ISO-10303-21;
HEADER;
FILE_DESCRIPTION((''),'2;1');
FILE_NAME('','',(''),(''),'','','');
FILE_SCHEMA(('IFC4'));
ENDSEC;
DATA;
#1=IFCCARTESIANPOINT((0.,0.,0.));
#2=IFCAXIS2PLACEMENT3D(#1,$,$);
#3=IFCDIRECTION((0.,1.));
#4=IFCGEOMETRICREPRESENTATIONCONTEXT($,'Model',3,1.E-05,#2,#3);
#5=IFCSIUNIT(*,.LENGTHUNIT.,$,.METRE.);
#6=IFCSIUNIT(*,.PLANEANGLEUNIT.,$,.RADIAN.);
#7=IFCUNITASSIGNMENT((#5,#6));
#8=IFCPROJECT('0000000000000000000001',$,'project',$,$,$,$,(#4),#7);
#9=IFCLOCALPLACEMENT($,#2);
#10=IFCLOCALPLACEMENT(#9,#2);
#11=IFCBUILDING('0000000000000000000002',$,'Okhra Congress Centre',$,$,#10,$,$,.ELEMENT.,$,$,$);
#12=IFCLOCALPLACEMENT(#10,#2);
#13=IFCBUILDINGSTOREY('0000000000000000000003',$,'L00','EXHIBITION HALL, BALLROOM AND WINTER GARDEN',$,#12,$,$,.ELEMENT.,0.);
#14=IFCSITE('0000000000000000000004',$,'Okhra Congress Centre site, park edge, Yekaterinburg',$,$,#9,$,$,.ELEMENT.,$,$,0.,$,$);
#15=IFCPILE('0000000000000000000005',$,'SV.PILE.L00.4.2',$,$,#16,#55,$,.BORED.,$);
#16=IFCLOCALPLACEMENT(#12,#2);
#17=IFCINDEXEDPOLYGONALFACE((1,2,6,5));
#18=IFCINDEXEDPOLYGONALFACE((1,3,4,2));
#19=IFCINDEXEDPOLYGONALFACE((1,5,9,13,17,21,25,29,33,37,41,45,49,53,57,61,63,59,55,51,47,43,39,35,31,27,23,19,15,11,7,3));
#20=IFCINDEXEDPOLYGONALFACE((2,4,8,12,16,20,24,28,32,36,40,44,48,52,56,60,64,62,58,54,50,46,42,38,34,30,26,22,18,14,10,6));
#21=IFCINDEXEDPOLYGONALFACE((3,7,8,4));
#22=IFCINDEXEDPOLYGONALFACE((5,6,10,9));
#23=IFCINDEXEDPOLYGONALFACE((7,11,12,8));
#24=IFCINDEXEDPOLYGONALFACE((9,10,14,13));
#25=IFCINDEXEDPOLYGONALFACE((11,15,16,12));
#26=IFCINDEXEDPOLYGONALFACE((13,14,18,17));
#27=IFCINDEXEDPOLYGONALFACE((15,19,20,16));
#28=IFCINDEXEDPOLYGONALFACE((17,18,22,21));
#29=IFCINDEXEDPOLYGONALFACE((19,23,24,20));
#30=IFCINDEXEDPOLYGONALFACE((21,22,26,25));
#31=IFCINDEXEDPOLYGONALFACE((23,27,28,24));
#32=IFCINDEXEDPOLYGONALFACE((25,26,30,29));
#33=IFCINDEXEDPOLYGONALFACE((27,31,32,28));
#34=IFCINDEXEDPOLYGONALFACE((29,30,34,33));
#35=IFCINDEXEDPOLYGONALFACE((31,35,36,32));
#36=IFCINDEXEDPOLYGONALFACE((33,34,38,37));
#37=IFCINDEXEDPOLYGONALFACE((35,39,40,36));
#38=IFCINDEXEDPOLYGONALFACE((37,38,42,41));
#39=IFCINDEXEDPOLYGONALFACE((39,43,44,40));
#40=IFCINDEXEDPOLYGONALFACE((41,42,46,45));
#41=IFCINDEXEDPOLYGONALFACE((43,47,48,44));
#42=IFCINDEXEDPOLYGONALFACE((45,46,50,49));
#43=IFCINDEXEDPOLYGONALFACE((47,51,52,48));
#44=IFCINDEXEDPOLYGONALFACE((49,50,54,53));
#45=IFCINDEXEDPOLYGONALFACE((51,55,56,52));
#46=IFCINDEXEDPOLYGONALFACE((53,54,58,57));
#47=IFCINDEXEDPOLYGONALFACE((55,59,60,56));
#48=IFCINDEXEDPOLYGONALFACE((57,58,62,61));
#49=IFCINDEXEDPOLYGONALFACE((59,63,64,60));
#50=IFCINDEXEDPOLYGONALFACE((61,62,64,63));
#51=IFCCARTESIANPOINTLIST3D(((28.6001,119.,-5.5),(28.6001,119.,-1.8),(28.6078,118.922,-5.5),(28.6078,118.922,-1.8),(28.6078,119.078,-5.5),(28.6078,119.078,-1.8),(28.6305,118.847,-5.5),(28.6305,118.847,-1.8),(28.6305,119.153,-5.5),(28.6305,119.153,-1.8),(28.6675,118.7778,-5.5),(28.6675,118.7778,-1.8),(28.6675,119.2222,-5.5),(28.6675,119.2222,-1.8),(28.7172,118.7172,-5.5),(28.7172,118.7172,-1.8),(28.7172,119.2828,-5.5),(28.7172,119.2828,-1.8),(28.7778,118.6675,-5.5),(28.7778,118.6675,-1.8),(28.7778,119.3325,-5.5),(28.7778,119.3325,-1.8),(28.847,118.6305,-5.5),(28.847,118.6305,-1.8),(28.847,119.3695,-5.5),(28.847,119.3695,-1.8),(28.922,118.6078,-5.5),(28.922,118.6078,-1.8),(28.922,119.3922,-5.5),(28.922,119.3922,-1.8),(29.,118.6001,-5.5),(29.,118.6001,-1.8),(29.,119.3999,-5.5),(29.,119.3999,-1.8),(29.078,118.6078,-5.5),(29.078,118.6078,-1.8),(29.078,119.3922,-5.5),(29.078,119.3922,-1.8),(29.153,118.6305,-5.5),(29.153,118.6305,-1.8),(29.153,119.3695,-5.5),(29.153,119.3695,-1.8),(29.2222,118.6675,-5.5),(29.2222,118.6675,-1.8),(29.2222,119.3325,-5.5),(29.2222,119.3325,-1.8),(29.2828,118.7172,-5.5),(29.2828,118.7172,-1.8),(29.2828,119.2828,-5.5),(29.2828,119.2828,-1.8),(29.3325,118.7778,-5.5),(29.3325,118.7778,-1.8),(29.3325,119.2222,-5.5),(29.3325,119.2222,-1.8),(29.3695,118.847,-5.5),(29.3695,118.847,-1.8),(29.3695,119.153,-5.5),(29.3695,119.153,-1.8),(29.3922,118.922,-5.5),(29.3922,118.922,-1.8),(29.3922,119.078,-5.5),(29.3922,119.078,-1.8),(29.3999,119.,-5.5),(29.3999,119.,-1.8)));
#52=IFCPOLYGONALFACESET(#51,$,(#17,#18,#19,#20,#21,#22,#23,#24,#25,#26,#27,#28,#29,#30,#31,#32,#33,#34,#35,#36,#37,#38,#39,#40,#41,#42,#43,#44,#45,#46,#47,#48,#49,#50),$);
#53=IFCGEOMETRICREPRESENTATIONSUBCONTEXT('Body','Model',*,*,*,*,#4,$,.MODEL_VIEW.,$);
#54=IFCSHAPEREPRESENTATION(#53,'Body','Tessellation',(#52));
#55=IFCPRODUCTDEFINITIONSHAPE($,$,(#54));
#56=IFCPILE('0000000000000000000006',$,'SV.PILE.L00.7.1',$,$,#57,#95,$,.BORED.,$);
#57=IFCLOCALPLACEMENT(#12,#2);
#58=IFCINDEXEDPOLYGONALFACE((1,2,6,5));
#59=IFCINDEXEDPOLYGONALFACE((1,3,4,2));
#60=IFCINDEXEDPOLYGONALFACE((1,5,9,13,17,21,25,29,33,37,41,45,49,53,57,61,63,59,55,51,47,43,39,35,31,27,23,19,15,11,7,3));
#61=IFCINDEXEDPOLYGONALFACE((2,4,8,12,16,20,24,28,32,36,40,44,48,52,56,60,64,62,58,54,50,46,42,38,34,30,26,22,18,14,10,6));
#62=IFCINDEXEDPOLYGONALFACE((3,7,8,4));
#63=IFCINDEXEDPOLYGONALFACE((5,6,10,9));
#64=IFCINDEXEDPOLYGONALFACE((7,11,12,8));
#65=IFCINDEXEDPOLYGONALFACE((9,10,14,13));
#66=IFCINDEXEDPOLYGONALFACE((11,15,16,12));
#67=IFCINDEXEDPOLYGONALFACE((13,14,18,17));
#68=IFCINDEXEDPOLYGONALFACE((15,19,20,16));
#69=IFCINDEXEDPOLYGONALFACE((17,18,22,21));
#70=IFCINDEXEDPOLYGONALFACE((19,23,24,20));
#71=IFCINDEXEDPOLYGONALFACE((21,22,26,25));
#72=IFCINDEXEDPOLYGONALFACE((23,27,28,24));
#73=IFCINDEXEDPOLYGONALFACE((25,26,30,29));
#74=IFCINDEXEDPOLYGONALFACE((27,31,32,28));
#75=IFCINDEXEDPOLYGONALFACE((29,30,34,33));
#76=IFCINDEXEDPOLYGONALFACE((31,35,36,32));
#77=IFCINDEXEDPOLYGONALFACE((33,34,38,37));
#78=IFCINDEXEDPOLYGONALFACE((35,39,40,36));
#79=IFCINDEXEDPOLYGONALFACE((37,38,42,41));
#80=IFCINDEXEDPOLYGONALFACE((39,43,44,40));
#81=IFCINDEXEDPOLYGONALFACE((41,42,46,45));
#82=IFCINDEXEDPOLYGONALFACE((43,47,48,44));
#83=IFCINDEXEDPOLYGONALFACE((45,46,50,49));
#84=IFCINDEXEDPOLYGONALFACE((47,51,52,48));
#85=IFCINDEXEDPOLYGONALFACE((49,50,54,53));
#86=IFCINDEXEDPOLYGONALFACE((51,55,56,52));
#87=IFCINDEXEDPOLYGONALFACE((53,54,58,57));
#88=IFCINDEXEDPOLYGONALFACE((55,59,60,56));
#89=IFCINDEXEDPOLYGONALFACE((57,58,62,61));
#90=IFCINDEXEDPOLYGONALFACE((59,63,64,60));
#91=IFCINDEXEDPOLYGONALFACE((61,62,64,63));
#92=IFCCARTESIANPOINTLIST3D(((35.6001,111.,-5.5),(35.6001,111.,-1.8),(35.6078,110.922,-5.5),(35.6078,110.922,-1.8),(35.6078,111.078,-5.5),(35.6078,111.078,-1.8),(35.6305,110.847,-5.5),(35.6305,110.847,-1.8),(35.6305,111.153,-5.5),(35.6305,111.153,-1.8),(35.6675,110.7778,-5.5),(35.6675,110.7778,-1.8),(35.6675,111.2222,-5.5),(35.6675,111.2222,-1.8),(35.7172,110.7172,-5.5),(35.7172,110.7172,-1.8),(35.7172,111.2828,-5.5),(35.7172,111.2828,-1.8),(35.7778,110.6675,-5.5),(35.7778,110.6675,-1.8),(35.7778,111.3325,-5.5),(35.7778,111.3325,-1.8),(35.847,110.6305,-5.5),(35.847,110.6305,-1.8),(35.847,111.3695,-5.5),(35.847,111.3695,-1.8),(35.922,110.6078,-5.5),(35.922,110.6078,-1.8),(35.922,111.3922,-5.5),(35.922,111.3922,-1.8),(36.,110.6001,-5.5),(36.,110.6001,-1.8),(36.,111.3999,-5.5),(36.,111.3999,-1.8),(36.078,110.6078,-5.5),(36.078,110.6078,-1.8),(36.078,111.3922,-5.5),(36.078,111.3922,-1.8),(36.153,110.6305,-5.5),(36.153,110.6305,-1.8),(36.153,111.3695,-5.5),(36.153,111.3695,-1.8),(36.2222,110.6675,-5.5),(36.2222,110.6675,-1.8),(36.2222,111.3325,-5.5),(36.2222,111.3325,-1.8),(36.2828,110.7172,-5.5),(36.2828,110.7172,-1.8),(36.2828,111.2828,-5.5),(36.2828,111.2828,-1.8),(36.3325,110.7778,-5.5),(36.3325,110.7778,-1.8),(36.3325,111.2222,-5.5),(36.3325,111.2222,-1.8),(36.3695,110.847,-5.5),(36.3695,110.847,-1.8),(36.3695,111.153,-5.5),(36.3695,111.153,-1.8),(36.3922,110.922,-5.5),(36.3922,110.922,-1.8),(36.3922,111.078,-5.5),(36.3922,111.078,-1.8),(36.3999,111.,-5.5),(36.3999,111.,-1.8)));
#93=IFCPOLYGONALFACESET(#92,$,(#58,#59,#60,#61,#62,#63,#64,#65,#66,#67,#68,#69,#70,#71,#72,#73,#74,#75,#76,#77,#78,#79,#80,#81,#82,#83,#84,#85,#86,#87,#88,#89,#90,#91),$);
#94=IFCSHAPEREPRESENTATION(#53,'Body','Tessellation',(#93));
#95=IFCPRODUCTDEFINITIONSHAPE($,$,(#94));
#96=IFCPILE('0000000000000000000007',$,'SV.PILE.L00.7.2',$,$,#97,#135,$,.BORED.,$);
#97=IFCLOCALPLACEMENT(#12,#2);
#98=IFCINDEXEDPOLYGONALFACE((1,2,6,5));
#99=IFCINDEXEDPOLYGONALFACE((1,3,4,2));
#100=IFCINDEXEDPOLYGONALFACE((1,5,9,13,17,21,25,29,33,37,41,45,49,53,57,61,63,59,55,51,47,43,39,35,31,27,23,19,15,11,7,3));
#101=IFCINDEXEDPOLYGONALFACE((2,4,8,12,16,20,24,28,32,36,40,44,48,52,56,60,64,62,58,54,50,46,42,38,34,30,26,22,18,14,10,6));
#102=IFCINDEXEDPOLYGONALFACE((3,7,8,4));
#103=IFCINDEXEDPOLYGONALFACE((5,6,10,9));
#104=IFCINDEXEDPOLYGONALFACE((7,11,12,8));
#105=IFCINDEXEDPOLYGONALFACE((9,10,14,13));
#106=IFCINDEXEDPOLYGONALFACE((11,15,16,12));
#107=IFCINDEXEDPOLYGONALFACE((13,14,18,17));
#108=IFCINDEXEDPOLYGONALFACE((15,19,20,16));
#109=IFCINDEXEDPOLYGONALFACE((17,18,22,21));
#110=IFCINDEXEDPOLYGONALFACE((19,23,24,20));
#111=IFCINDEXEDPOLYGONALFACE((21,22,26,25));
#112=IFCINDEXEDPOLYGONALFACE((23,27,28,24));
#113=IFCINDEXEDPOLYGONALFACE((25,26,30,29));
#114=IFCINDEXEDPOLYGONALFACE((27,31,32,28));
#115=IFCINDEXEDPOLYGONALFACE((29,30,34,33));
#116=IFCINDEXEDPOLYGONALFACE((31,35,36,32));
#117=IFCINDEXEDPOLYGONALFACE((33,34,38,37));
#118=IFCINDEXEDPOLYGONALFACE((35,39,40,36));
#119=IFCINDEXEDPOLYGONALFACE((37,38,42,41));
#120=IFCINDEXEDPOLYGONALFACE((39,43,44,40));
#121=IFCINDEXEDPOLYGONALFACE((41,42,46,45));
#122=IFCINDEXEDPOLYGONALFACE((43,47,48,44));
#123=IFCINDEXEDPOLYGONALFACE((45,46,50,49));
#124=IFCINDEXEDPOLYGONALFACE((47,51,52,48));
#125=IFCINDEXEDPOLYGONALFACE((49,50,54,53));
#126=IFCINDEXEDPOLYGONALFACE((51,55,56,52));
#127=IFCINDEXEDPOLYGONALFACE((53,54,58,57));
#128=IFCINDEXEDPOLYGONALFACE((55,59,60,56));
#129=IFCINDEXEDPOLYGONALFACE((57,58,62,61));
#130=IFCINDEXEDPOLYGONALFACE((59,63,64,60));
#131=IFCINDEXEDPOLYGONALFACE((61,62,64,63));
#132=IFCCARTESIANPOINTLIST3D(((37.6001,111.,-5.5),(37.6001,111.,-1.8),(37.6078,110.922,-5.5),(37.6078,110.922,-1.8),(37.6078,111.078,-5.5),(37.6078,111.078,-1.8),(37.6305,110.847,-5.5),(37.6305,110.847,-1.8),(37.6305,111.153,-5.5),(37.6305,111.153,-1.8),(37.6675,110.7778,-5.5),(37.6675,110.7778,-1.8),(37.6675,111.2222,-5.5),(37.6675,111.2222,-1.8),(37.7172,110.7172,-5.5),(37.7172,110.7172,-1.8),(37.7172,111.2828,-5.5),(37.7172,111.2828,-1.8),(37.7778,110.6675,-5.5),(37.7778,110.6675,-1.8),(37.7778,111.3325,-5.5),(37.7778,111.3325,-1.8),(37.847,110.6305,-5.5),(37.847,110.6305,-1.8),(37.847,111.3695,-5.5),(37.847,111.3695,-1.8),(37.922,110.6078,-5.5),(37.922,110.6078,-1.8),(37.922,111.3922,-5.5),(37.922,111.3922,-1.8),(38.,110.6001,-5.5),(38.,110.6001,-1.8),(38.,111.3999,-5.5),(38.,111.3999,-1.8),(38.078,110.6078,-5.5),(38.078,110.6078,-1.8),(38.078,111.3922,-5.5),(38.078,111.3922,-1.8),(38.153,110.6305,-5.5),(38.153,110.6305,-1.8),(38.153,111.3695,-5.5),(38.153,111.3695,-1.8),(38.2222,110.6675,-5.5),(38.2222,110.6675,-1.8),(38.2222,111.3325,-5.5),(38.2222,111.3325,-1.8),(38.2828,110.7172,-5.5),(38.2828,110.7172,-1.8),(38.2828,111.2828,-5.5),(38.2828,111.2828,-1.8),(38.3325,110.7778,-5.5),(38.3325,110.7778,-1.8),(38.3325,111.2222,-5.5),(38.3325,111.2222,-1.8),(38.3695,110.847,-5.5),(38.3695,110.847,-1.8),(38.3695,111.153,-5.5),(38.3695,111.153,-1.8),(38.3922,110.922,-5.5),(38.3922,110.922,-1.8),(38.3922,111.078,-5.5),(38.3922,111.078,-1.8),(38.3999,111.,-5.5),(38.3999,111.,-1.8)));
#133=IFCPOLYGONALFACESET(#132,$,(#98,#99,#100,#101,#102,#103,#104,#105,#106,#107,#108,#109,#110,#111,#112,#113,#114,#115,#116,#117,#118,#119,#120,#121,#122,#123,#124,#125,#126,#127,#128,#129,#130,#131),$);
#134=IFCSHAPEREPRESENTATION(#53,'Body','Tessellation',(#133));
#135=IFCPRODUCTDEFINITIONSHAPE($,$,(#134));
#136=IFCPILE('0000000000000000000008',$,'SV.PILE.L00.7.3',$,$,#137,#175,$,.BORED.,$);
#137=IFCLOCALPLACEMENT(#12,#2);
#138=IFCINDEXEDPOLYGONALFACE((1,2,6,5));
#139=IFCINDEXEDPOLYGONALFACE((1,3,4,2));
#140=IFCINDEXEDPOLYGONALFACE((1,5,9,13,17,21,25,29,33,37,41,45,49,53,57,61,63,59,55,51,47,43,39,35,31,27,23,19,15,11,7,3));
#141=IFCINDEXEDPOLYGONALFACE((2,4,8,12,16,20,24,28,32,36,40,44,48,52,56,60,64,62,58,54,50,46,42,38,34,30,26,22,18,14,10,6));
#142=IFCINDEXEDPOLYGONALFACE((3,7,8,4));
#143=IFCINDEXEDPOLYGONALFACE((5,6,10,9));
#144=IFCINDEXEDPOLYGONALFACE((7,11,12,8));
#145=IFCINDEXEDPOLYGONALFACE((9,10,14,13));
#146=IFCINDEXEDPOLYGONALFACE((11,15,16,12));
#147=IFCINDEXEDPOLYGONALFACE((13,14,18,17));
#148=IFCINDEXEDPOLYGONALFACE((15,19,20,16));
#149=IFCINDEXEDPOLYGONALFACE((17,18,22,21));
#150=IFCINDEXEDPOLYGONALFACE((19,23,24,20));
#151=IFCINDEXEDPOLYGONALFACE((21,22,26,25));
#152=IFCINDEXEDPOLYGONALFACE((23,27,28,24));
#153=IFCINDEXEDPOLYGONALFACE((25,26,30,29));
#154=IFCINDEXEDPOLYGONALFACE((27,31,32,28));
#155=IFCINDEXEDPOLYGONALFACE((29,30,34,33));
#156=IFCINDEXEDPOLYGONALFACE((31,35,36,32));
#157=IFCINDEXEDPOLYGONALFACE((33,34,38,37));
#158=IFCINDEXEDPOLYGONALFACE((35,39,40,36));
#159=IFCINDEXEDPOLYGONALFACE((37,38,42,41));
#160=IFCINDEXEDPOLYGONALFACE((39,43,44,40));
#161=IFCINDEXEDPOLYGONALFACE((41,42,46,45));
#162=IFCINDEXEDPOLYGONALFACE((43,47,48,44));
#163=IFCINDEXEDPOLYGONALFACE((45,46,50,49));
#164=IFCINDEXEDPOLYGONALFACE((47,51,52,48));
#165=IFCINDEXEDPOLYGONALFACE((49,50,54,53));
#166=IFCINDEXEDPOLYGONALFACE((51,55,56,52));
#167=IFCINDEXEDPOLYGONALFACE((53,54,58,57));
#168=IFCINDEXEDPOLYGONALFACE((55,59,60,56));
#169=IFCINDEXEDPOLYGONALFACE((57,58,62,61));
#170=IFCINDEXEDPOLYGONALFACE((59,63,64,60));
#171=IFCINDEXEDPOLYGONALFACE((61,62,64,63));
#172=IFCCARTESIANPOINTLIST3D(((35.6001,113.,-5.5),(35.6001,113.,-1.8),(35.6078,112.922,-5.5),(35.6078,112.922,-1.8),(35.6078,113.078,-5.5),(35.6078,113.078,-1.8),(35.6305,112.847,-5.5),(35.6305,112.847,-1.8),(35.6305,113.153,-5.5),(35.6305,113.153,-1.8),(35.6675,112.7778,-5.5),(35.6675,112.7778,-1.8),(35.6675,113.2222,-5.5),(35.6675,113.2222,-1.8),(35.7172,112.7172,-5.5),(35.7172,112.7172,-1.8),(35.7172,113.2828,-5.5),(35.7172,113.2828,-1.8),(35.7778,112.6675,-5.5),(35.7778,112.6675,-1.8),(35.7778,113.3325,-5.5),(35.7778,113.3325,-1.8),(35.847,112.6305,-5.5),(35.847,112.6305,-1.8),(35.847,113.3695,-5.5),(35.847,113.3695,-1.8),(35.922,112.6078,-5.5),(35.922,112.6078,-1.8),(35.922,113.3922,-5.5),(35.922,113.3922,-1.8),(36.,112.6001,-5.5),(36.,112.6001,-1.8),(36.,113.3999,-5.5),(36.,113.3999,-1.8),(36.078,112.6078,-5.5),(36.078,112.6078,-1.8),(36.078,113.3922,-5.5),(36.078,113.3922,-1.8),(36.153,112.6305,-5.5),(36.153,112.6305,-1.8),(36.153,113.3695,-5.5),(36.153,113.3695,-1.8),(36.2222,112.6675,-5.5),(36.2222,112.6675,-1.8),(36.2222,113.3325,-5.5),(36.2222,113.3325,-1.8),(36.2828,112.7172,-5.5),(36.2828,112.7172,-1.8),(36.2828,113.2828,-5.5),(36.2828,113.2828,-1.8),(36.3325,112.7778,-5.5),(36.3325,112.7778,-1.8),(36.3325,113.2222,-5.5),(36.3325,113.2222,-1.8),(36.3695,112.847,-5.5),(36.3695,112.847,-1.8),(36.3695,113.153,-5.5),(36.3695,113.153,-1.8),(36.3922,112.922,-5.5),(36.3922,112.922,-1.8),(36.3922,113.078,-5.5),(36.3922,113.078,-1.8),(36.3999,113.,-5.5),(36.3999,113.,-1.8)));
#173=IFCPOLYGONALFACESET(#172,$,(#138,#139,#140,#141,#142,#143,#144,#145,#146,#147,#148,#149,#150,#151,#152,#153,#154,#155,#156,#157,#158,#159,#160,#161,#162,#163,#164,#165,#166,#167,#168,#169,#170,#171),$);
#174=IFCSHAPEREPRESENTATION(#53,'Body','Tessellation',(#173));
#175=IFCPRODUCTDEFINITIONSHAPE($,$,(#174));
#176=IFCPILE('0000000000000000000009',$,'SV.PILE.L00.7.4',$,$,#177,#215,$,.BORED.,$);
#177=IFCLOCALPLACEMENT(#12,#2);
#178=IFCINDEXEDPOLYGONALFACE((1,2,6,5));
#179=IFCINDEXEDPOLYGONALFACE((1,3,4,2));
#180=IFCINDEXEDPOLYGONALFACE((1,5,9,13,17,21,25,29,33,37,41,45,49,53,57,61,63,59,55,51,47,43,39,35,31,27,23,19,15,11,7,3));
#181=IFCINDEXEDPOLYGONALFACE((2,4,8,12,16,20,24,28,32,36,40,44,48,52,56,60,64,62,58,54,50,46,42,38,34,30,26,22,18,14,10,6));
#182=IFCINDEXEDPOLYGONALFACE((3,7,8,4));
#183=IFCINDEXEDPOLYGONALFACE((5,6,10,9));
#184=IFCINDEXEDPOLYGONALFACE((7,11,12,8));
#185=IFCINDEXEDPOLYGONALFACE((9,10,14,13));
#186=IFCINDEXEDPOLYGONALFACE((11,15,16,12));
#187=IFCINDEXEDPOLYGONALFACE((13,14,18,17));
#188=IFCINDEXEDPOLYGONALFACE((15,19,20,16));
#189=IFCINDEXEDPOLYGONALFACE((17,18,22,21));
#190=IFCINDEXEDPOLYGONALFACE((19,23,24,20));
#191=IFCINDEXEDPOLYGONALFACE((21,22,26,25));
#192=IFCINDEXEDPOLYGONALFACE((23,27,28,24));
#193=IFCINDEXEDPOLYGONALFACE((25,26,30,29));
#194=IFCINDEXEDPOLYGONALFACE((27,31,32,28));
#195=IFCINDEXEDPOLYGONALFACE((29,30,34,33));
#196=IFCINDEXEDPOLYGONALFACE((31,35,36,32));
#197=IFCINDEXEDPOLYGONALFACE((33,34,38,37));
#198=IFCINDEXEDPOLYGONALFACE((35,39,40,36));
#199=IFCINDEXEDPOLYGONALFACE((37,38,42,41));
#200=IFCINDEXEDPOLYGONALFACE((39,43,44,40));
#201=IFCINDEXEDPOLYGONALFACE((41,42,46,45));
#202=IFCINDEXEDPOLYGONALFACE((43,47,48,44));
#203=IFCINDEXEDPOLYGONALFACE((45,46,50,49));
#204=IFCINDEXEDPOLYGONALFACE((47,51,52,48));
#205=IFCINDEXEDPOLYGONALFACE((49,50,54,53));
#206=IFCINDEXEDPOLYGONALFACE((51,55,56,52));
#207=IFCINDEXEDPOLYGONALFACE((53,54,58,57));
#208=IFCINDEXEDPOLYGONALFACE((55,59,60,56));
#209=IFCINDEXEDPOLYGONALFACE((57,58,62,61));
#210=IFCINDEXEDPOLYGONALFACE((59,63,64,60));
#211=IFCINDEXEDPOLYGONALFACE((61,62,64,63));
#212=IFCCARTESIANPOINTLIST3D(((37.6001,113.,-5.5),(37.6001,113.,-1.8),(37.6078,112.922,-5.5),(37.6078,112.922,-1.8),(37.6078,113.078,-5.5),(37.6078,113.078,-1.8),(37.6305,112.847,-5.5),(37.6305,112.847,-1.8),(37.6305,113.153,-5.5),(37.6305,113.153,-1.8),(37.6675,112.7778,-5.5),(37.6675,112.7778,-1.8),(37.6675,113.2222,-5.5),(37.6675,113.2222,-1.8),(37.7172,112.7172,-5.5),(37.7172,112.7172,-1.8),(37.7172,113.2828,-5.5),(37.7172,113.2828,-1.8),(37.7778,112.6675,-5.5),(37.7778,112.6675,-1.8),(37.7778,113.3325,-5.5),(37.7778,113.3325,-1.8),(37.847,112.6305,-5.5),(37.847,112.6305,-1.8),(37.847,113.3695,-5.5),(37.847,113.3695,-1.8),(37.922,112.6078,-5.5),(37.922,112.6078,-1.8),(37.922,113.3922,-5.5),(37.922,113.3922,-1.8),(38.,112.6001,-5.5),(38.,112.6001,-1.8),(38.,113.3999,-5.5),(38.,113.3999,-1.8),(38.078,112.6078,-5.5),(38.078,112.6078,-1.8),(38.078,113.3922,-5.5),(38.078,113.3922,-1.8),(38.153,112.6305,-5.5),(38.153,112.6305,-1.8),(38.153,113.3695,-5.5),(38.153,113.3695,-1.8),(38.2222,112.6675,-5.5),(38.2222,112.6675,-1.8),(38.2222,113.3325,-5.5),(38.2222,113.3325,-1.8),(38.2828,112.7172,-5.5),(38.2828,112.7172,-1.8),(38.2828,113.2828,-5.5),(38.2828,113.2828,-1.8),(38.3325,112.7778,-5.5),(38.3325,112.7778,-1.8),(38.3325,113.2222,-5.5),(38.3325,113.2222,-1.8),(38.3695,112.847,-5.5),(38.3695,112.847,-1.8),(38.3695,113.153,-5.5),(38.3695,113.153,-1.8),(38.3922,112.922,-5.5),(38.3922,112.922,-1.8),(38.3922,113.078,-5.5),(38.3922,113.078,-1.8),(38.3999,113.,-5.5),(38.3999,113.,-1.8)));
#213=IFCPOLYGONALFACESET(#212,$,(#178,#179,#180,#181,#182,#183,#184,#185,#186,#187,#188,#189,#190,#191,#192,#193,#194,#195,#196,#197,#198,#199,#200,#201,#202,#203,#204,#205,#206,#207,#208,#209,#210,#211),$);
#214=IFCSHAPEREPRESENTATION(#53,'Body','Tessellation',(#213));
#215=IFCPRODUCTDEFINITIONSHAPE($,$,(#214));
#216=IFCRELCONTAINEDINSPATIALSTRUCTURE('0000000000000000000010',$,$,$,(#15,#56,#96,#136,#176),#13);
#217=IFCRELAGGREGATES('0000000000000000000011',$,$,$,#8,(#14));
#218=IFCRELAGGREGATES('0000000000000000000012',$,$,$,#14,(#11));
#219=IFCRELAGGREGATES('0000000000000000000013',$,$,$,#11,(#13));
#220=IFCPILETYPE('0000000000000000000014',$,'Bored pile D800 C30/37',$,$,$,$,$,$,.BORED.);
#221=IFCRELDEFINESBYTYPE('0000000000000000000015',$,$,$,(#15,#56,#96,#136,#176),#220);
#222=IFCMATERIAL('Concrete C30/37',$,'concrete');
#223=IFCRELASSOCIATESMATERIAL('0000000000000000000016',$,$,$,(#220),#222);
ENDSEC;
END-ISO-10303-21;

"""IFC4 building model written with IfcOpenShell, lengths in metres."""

from ifc_helpers import new_model, si_unit, direction, frame, origin, origin_2d, place, context, subcontext, project, spatial, circle, extrude, material, material_profile, profile_set, type_object, element, save


model = new_model("IFC4")

# Units and contexts
model_context = context("Model", 3, precision=1e-05, world=origin(), true_north=direction((0.0, 1.0)))
body_context = subcontext(model_context, "Body", "Model", "MODEL_VIEW")
ifc_project = project(units=[si_unit("LENGTHUNIT", "METRE"), si_unit("PLANEANGLEUNIT", "RADIAN")], contexts=[model_context])

# Site, building, storey
site_placement = place(None, origin())
site = spatial("IfcSite", under=ifc_project, at=site_placement, Name="Okhra Congress Centre site, park edge, Yekaterinburg", CompositionType="ELEMENT", RefElevation=0.0)
building_placement = place(site_placement, origin())
building = spatial("IfcBuilding", under=site, at=building_placement, Name="Okhra Congress Centre", CompositionType="ELEMENT")
storey_placement = place(building_placement, origin())
storey = spatial("IfcBuildingStorey", under=building, at=storey_placement, Name="L00", Description="EXHIBITION HALL, BALLROOM AND WINTER GARDEN", CompositionType="ELEMENT", Elevation=0.0)

# Piles
ifc_material_1 = material(Name="Concrete C30/37", Category="concrete")
ifc_material_profile_1 = material_profile(ifc_material_1, circle(Radius=0.3999, at=origin_2d()), Name="D800")
ifc_profile_set_1 = profile_set([ifc_material_profile_1], Name="Concrete C30/37")
pile_type = type_object("IfcPileType", Name="Bored pile D800 C30/37", PredefinedType="BORED", material=ifc_profile_set_1)
for number, where, z_axis, x_axis, name in (
    (1, (29.0, 119.0, -1.8), (0.0, 0.0, -1.0), (1.0, 0.0, 0.0), "SV.PILE.L00.4.2"),
    (2, (36.0, 111.0, -1.8), (0.0, 0.0, -1.0), (1.0, 0.0, 0.0), "SV.PILE.L00.7.1"),
    (3, (38.0, 111.0, -1.8), (0.0, 0.0, -1.0), (1.0, 0.0, 0.0), "SV.PILE.L00.7.2"),
    (4, (36.0, 113.0, -1.8), (0.0, 0.0, -1.0), (1.0, 0.0, 0.0), "SV.PILE.L00.7.3"),
    (5, (38.0, 113.0, -1.8), (0.0, 0.0, -1.0), (1.0, 0.0, 0.0), "SV.PILE.L00.7.4"),
):
    element("IfcPile", number, at=place(storey_placement, frame(where, z_axis=z_axis, x_axis=x_axis)), inside=storey, type_object=pile_type, Name=name, PredefinedType="BORED", context=body_context, shape_type="SweptSolid", body=[
        extrude(circle(Radius=0.3999, at=origin_2d()), origin(), (0.0, 0.0, 1.0), 3.7),
    ])

save(model, "model.ifc")
